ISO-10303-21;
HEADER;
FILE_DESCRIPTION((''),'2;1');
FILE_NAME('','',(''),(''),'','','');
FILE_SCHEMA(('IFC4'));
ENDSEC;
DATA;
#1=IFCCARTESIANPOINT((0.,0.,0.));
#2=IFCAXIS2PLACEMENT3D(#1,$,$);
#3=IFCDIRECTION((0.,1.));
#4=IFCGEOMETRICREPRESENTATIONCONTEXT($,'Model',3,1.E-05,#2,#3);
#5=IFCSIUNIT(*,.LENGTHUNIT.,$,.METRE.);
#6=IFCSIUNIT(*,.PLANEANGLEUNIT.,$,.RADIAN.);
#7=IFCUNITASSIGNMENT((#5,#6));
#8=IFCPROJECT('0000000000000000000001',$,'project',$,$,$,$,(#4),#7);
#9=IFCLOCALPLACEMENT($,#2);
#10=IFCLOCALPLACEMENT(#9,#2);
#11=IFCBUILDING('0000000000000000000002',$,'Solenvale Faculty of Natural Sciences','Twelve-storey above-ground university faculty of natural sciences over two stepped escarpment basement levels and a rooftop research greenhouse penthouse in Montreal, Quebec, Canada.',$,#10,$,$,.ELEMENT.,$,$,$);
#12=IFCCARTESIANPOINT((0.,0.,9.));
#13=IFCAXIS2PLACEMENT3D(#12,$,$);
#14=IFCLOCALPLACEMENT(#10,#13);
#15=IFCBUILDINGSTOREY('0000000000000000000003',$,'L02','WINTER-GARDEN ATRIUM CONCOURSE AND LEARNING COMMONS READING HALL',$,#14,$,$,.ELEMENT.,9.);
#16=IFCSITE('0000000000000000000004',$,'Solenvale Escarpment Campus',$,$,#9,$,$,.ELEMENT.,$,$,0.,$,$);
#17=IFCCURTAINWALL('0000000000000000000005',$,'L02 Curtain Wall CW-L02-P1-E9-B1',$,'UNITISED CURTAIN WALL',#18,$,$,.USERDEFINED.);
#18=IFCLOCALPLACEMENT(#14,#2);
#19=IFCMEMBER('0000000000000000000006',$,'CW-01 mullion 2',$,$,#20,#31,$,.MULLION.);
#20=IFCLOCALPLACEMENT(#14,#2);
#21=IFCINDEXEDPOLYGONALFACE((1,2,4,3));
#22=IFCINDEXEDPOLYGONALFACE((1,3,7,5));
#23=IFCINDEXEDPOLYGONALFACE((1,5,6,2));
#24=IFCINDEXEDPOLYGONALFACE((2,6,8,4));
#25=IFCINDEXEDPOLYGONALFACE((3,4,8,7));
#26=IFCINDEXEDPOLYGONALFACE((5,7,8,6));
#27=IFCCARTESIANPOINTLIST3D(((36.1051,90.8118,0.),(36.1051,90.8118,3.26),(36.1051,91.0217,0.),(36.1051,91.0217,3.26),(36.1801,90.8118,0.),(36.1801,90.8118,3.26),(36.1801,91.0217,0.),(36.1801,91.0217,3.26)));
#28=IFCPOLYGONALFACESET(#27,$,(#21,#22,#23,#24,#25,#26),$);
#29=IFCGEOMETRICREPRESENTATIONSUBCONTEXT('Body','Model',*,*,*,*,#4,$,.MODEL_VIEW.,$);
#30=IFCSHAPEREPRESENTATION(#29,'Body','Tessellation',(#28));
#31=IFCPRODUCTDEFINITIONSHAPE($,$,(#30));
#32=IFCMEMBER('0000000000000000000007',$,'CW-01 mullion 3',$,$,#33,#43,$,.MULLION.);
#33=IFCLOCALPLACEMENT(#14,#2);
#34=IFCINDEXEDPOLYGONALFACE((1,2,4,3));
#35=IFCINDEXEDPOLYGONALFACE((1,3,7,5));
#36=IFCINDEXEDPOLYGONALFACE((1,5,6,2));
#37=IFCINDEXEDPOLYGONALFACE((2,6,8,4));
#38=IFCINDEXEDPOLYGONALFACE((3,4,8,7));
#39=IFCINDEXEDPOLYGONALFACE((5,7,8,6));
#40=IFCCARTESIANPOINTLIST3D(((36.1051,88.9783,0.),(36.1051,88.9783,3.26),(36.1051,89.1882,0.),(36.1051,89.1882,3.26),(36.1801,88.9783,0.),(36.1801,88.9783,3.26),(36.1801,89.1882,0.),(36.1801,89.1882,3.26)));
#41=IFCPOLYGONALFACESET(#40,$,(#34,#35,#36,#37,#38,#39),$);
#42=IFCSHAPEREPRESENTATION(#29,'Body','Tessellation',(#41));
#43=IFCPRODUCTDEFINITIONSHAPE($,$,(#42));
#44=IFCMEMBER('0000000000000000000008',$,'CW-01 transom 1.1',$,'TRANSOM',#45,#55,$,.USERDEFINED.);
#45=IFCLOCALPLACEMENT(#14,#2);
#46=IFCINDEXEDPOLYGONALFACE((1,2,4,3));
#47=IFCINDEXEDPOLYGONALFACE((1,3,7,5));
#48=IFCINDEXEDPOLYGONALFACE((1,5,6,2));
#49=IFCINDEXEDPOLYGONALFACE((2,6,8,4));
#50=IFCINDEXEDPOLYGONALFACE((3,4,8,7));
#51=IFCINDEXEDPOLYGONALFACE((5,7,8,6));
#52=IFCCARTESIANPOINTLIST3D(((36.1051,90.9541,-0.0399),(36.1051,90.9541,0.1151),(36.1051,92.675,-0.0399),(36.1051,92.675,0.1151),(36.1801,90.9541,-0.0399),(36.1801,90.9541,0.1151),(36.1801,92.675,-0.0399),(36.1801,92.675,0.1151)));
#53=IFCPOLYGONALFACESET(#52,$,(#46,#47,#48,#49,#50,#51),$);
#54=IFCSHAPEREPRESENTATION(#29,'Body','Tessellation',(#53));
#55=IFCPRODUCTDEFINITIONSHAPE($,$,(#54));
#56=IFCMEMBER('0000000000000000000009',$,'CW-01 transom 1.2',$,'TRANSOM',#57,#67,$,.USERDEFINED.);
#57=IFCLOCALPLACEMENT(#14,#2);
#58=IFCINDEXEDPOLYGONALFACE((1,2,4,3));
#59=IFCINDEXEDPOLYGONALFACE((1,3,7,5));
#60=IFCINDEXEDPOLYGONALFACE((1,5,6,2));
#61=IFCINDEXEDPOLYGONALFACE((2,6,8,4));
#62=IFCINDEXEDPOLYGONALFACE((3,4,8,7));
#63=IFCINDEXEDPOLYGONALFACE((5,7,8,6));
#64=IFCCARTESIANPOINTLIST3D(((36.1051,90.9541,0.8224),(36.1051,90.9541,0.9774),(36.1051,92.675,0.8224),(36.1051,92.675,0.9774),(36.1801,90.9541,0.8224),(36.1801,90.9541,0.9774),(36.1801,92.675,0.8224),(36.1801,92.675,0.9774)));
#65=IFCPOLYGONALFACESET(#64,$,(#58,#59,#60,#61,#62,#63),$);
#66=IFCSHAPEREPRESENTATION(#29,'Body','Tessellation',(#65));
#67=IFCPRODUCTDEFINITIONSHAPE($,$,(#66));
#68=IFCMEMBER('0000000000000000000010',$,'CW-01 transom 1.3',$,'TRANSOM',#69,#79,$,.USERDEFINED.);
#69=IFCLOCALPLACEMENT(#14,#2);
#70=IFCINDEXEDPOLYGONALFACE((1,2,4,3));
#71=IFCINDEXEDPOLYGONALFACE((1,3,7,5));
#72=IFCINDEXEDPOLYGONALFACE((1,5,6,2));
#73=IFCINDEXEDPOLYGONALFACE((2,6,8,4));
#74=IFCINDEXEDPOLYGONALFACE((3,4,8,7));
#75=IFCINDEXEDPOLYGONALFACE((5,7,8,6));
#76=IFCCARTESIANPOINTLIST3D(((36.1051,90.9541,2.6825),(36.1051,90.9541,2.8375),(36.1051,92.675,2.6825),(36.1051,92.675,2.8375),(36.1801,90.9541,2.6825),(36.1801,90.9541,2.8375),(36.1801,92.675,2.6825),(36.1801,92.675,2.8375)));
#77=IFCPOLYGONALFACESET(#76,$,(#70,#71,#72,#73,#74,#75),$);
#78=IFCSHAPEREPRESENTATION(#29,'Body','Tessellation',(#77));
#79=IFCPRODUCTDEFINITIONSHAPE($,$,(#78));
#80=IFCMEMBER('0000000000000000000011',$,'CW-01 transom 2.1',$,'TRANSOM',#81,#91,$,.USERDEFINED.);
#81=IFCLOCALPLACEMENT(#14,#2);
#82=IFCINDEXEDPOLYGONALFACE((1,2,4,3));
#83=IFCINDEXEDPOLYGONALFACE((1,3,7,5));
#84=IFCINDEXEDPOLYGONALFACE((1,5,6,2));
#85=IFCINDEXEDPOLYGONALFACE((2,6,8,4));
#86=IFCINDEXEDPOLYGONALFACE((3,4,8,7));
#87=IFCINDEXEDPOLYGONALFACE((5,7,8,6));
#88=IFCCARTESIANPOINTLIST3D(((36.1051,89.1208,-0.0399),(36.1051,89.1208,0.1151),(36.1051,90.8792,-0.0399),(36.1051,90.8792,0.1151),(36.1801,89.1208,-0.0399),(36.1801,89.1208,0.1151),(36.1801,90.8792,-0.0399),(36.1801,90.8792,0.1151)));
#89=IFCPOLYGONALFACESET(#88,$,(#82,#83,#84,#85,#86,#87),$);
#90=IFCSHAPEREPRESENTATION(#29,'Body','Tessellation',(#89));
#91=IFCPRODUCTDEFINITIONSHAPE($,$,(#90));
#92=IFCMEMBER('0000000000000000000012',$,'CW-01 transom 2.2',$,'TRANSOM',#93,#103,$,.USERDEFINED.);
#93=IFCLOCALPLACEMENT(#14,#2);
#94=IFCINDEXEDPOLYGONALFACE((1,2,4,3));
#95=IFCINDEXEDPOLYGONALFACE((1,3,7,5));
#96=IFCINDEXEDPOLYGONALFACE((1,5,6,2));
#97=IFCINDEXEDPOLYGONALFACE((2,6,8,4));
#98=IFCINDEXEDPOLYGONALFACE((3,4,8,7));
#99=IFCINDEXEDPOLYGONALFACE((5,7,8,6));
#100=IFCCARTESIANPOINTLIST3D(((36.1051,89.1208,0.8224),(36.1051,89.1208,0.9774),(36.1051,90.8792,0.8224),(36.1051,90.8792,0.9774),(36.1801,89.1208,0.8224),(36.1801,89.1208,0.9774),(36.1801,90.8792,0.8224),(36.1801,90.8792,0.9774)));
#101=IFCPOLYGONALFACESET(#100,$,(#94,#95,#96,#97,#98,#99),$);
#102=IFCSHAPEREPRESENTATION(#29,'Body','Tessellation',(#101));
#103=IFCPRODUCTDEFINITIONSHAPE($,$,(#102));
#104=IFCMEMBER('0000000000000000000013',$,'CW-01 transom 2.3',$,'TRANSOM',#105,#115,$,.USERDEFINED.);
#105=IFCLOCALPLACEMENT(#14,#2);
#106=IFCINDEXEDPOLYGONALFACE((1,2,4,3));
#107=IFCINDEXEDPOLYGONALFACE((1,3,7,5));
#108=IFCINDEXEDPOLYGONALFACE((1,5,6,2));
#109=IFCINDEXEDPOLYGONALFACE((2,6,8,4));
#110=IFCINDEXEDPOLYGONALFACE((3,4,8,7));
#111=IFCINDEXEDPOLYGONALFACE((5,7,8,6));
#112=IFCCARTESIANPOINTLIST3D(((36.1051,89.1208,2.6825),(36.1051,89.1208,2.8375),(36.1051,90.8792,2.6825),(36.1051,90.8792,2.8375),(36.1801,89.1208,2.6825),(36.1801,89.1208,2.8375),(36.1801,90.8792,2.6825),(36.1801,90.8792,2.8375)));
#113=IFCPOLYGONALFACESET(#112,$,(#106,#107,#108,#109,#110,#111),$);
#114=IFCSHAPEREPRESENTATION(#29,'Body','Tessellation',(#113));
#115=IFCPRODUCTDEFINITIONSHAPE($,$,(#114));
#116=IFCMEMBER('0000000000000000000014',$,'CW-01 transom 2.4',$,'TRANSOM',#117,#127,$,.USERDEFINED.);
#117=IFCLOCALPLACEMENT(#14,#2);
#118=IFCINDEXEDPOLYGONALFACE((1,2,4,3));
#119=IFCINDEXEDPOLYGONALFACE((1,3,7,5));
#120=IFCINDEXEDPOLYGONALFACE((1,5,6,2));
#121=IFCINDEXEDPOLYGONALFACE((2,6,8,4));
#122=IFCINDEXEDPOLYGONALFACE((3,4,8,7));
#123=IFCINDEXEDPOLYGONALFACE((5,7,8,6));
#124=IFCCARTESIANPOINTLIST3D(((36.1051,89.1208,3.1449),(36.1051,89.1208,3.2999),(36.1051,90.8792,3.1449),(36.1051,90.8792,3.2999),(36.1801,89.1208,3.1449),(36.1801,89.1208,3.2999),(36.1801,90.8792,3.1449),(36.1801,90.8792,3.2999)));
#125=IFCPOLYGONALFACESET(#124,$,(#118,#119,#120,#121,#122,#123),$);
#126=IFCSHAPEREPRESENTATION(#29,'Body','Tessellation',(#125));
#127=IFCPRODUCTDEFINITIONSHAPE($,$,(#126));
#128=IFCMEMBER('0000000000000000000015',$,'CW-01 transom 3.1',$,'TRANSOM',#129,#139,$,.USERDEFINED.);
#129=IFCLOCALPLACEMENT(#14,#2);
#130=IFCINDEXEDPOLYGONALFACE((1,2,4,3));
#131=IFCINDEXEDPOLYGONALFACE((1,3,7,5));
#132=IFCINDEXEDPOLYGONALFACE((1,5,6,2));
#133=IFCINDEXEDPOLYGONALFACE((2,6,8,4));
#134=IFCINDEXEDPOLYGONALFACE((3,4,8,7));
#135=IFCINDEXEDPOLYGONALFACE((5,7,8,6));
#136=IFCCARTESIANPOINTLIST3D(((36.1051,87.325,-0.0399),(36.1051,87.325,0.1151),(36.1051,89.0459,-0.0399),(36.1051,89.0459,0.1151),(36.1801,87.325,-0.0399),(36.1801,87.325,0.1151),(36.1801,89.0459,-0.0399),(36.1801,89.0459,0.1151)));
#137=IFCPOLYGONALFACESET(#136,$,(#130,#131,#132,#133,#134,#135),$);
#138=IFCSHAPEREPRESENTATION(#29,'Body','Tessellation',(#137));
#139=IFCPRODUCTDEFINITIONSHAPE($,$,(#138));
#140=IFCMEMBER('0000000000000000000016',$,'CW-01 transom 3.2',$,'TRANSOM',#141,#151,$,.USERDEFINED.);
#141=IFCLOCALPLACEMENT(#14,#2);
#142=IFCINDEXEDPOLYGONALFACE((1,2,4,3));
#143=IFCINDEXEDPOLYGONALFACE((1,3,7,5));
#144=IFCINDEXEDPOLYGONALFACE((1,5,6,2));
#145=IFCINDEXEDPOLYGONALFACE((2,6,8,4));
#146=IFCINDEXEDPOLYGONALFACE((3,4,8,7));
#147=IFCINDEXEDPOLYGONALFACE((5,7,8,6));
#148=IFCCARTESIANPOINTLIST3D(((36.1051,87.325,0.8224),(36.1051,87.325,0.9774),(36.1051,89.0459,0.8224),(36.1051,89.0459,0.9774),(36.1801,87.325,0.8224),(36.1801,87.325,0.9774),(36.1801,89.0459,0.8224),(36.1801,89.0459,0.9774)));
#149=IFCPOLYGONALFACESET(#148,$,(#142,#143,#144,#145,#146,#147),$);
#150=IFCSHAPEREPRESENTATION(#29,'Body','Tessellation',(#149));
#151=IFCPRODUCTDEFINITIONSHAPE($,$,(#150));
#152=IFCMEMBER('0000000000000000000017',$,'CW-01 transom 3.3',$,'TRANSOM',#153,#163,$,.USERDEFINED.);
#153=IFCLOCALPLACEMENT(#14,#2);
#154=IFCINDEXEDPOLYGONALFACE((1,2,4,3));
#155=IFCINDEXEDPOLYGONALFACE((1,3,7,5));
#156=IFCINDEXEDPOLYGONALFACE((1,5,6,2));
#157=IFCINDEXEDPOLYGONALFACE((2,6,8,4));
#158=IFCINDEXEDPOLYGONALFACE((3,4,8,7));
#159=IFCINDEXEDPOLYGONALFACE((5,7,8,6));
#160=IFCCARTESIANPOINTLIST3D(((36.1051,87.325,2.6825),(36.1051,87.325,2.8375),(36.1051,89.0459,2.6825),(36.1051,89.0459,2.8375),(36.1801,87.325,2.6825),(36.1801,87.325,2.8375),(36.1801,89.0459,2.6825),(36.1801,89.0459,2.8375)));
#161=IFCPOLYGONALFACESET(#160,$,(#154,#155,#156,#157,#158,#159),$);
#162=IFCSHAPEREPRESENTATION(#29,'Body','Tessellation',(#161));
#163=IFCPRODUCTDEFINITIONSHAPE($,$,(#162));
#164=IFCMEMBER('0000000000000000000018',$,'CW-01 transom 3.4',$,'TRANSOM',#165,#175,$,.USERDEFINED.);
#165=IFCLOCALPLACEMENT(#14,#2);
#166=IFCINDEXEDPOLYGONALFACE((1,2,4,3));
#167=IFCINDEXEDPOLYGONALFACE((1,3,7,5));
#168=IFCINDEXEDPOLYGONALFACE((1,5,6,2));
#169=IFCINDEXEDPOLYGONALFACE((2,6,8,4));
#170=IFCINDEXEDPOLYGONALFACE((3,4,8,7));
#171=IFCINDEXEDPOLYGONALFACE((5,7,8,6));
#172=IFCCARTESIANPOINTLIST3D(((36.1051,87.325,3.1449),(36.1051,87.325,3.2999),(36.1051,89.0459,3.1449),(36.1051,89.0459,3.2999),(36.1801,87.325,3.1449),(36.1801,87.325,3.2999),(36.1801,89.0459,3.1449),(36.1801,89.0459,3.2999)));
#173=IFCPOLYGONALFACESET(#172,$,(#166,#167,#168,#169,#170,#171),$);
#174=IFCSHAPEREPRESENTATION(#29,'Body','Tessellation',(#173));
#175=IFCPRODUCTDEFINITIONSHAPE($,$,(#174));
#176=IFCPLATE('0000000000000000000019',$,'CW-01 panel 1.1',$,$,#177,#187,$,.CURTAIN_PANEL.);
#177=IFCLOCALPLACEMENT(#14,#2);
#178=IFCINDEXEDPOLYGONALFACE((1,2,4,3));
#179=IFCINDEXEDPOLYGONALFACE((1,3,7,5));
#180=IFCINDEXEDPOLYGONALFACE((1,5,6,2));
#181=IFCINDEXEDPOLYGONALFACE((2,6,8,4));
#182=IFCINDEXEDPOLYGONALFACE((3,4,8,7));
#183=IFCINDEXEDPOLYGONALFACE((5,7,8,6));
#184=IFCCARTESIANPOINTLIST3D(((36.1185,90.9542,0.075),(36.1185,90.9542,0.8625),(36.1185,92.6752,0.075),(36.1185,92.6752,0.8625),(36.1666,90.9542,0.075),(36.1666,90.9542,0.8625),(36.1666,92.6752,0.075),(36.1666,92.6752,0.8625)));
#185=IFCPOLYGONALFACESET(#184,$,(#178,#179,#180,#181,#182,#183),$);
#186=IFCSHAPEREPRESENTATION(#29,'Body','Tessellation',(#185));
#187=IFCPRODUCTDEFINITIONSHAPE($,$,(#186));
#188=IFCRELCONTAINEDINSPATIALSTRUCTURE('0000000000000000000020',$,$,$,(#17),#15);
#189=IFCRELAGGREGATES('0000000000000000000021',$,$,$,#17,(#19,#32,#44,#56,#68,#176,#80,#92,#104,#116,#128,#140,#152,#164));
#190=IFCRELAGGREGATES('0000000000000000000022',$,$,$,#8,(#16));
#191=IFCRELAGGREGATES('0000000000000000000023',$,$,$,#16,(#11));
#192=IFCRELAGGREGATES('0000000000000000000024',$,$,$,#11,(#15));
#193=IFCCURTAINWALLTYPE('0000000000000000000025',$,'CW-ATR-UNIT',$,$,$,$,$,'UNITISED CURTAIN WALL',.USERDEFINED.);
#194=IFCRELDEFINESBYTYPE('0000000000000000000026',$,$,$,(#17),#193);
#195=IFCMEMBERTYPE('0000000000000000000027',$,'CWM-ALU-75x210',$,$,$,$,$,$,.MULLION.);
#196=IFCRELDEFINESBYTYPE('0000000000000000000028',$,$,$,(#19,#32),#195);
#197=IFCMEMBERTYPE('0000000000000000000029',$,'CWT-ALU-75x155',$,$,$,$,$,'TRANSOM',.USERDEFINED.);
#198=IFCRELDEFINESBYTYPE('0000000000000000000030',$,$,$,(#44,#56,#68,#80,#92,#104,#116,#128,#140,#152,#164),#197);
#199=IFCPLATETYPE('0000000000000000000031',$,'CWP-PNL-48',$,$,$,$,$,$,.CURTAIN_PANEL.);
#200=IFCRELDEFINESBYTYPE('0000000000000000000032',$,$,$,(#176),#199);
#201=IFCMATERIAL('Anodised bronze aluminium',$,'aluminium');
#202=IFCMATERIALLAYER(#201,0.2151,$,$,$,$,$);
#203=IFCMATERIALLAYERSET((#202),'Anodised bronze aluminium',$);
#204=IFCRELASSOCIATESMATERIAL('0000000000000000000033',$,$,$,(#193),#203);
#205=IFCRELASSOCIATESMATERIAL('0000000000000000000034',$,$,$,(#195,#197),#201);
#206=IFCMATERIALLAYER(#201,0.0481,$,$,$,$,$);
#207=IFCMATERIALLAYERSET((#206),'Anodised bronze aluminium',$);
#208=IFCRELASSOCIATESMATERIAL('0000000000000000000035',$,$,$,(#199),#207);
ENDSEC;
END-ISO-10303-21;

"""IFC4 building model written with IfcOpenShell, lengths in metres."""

from ifc_helpers import new_model, si_unit, direction, frame, origin, origin_2d, place, context, subcontext, project, spatial, rectangle, extrude, material, layer, layer_set, material_profile, profile_set, type_object, element, aggregate, save


model = new_model("IFC4")

# Units and contexts
model_context = context("Model", 3, precision=1e-05, world=origin(), true_north=direction((0.0, 1.0)))
body_context = subcontext(model_context, "Body", "Model", "MODEL_VIEW")
ifc_project = project(units=[si_unit("LENGTHUNIT", "METRE"), si_unit("PLANEANGLEUNIT", "RADIAN")], contexts=[model_context])

# Site, building, storey
site_placement = place(None, origin())
site = spatial("IfcSite", under=ifc_project, at=site_placement, Name="Solenvale Escarpment Campus", CompositionType="ELEMENT", RefElevation=0.0)
building_placement = place(site_placement, origin())
building = spatial("IfcBuilding", under=site, at=building_placement, Name="Solenvale Faculty of Natural Sciences", Description="Twelve-storey above-ground university faculty of natural sciences over two stepped escarpment basement levels and a rooftop research greenhouse penthouse in Montreal, Quebec, Canada.", CompositionType="ELEMENT")
storey_placement = place(building_placement, frame((0.0, 0.0, 9.0)))
storey = spatial("IfcBuildingStorey", under=building, at=storey_placement, Name="L02", Description="WINTER-GARDEN ATRIUM CONCOURSE AND LEARNING COMMONS READING HALL", CompositionType="ELEMENT", Elevation=9.0)

# Curtain wall, members, plate
ifc_material_1 = material(Name="Anodised bronze aluminium", Category="aluminium")
ifc_layer_1 = layer(ifc_material_1, 0.2151)
ifc_layer_set_1 = layer_set([ifc_layer_1], Name="Anodised bronze aluminium")
curtain_wall_type = type_object("IfcCurtainWallType", Name="CW-ATR-UNIT", ElementType="UNITISED CURTAIN WALL", PredefinedType="USERDEFINED", material=ifc_layer_set_1)
curtain_wall_placement = place(storey_placement, origin())
curtain_wall = element("IfcCurtainWall", 1, at=curtain_wall_placement, inside=storey, type_object=curtain_wall_type, Name="L02 Curtain Wall CW-L02-P1-E9-B1", ObjectType="UNITISED CURTAIN WALL", PredefinedType="USERDEFINED")
ifc_material_profile_1 = material_profile(ifc_material_1, rectangle(XDim=0.075, YDim=0.21, at=origin_2d()), Name="ALU-MUL-75x210")
ifc_profile_set_1 = profile_set([ifc_material_profile_1], Name="Anodised bronze aluminium")
member_type_1 = type_object("IfcMemberType", Name="CWM-ALU-75x210", PredefinedType="MULLION", material=ifc_profile_set_1)
member_1_placement = place(storey_placement, frame((36.1426, 90.9167, 0.0), z_axis=(0.0, 0.0, 1.0), x_axis=(1.0, 0.0, 0.0)))
member_1 = element("IfcMember", 2, at=member_1_placement, type_object=member_type_1, Name="CW-01 mullion 2", PredefinedType="MULLION", context=body_context, shape_type="SweptSolid", body=[
    extrude(rectangle(XDim=0.075, YDim=0.21, at=origin_2d()), origin(), (0.0, 0.0, 1.0), 3.26),
])
member_2_placement = place(storey_placement, frame((36.1426, 89.0833, 0.0), z_axis=(0.0, 0.0, 1.0), x_axis=(1.0, 0.0, 0.0)))
member_2 = element("IfcMember", 3, at=member_2_placement, type_object=member_type_1, Name="CW-01 mullion 3", PredefinedType="MULLION", context=body_context, shape_type="SweptSolid", body=[
    extrude(rectangle(XDim=0.075, YDim=0.21, at=origin_2d()), origin(), (0.0, 0.0, 1.0), 3.26),
])
ifc_material_profile_2 = material_profile(ifc_material_1, rectangle(XDim=0.075, YDim=0.155, at=origin_2d()), Name="ALU-TRN-75x155")
ifc_profile_set_2 = profile_set([ifc_material_profile_2], Name="Anodised bronze aluminium")
member_type_2 = type_object("IfcMemberType", Name="CWT-ALU-75x155", ElementType="TRANSOM", PredefinedType="USERDEFINED", material=ifc_profile_set_2)
member_3_placement = place(storey_placement, frame((36.1426, 92.675, 0.0376), z_axis=(0.0, -1.0, 0.0), x_axis=(1.0, 0.0, 0.0)))
member_3 = element("IfcMember", 4, at=member_3_placement, type_object=member_type_2, Name="CW-01 transom 1.1", ObjectType="TRANSOM", PredefinedType="USERDEFINED", context=body_context, shape_type="SweptSolid", body=[
    extrude(rectangle(XDim=0.075, YDim=0.155, at=origin_2d()), origin(), (0.0, 0.0, 1.0), 1.7209),
])
member_4_placement = place(storey_placement, frame((36.1426, 92.675, 0.8999), z_axis=(0.0, -1.0, 0.0), x_axis=(1.0, 0.0, 0.0)))
member_4 = element("IfcMember", 5, at=member_4_placement, type_object=member_type_2, Name="CW-01 transom 1.2", ObjectType="TRANSOM", PredefinedType="USERDEFINED", context=body_context, shape_type="SweptSolid", body=[
    extrude(rectangle(XDim=0.075, YDim=0.155, at=origin_2d()), origin(), (0.0, 0.0, 1.0), 1.7209),
])
member_5_placement = place(storey_placement, frame((36.1426, 92.675, 2.76), z_axis=(0.0, -1.0, 0.0), x_axis=(1.0, 0.0, 0.0)))
member_5 = element("IfcMember", 6, at=member_5_placement, type_object=member_type_2, Name="CW-01 transom 1.3", ObjectType="TRANSOM", PredefinedType="USERDEFINED", context=body_context, shape_type="SweptSolid", body=[
    extrude(rectangle(XDim=0.075, YDim=0.155, at=origin_2d()), origin(), (0.0, 0.0, 1.0), 1.7209),
])
member_6_placement = place(storey_placement, frame((36.1426, 90.8792, 0.0376), z_axis=(0.0, -1.0, 0.0), x_axis=(1.0, 0.0, 0.0)))
member_6 = element("IfcMember", 7, at=member_6_placement, type_object=member_type_2, Name="CW-01 transom 2.1", ObjectType="TRANSOM", PredefinedType="USERDEFINED", context=body_context, shape_type="SweptSolid", body=[
    extrude(rectangle(XDim=0.075, YDim=0.155, at=origin_2d()), origin(), (0.0, 0.0, 1.0), 1.7583),
])
member_7_placement = place(storey_placement, frame((36.1426, 90.8792, 0.8999), z_axis=(0.0, -1.0, 0.0), x_axis=(1.0, 0.0, 0.0)))
member_7 = element("IfcMember", 8, at=member_7_placement, type_object=member_type_2, Name="CW-01 transom 2.2", ObjectType="TRANSOM", PredefinedType="USERDEFINED", context=body_context, shape_type="SweptSolid", body=[
    extrude(rectangle(XDim=0.075, YDim=0.155, at=origin_2d()), origin(), (0.0, 0.0, 1.0), 1.7583),
])
member_8_placement = place(storey_placement, frame((36.1426, 90.8792, 2.76), z_axis=(0.0, -1.0, 0.0), x_axis=(1.0, 0.0, 0.0)))
member_8 = element("IfcMember", 9, at=member_8_placement, type_object=member_type_2, Name="CW-01 transom 2.3", ObjectType="TRANSOM", PredefinedType="USERDEFINED", context=body_context, shape_type="SweptSolid", body=[
    extrude(rectangle(XDim=0.075, YDim=0.155, at=origin_2d()), origin(), (0.0, 0.0, 1.0), 1.7583),
])
member_9_placement = place(storey_placement, frame((36.1426, 90.8792, 3.2224), z_axis=(0.0, -1.0, 0.0), x_axis=(1.0, 0.0, 0.0)))
member_9 = element("IfcMember", 10, at=member_9_placement, type_object=member_type_2, Name="CW-01 transom 2.4", ObjectType="TRANSOM", PredefinedType="USERDEFINED", context=body_context, shape_type="SweptSolid", body=[
    extrude(rectangle(XDim=0.075, YDim=0.155, at=origin_2d()), origin(), (0.0, 0.0, 1.0), 1.7583),
])
member_10_placement = place(storey_placement, frame((36.1426, 89.0459, 0.0376), z_axis=(0.0, -1.0, 0.0), x_axis=(1.0, 0.0, 0.0)))
member_10 = element("IfcMember", 11, at=member_10_placement, type_object=member_type_2, Name="CW-01 transom 3.1", ObjectType="TRANSOM", PredefinedType="USERDEFINED", context=body_context, shape_type="SweptSolid", body=[
    extrude(rectangle(XDim=0.075, YDim=0.155, at=origin_2d()), origin(), (0.0, 0.0, 1.0), 1.7209),
])
member_11_placement = place(storey_placement, frame((36.1426, 89.0459, 0.8999), z_axis=(0.0, -1.0, 0.0), x_axis=(1.0, 0.0, 0.0)))
member_11 = element("IfcMember", 12, at=member_11_placement, type_object=member_type_2, Name="CW-01 transom 3.2", ObjectType="TRANSOM", PredefinedType="USERDEFINED", context=body_context, shape_type="SweptSolid", body=[
    extrude(rectangle(XDim=0.075, YDim=0.155, at=origin_2d()), origin(), (0.0, 0.0, 1.0), 1.7209),
])
member_12_placement = place(storey_placement, frame((36.1426, 89.0459, 2.76), z_axis=(0.0, -1.0, 0.0), x_axis=(1.0, 0.0, 0.0)))
member_12 = element("IfcMember", 13, at=member_12_placement, type_object=member_type_2, Name="CW-01 transom 3.3", ObjectType="TRANSOM", PredefinedType="USERDEFINED", context=body_context, shape_type="SweptSolid", body=[
    extrude(rectangle(XDim=0.075, YDim=0.155, at=origin_2d()), origin(), (0.0, 0.0, 1.0), 1.7209),
])
member_13_placement = place(storey_placement, frame((36.1426, 89.0459, 3.2224), z_axis=(0.0, -1.0, 0.0), x_axis=(1.0, 0.0, 0.0)))
member_13 = element("IfcMember", 14, at=member_13_placement, type_object=member_type_2, Name="CW-01 transom 3.4", ObjectType="TRANSOM", PredefinedType="USERDEFINED", context=body_context, shape_type="SweptSolid", body=[
    extrude(rectangle(XDim=0.075, YDim=0.155, at=origin_2d()), origin(), (0.0, 0.0, 1.0), 1.7209),
])
ifc_layer_2 = layer(ifc_material_1, 0.0481)
ifc_layer_set_2 = layer_set([ifc_layer_2], Name="Anodised bronze aluminium")
plate_type = type_object("IfcPlateType", Name="CWP-PNL-48", PredefinedType="CURTAIN_PANEL", material=ifc_layer_set_2)
plate_1_placement = place(storey_placement, frame((36.1426, 91.8147, 0.075), z_axis=(0.0, 0.0, 1.0), x_axis=(0.0, -1.0, 0.0)))
plate_1 = element("IfcPlate", 15, at=plate_1_placement, type_object=plate_type, Name="CW-01 panel 1.1", PredefinedType="CURTAIN_PANEL", context=body_context, shape_type="SweptSolid", body=[
    extrude(rectangle(XDim=1.7209, YDim=0.0481, at=origin_2d()), origin(), (0.0, 0.0, 1.0), 0.7876),
])
aggregate(curtain_wall, [member_1, member_2, member_3, member_4, member_5, plate_1, member_6, member_7, member_8, member_9, member_10, member_11, member_12, member_13])

save(model, "model.ifc")
